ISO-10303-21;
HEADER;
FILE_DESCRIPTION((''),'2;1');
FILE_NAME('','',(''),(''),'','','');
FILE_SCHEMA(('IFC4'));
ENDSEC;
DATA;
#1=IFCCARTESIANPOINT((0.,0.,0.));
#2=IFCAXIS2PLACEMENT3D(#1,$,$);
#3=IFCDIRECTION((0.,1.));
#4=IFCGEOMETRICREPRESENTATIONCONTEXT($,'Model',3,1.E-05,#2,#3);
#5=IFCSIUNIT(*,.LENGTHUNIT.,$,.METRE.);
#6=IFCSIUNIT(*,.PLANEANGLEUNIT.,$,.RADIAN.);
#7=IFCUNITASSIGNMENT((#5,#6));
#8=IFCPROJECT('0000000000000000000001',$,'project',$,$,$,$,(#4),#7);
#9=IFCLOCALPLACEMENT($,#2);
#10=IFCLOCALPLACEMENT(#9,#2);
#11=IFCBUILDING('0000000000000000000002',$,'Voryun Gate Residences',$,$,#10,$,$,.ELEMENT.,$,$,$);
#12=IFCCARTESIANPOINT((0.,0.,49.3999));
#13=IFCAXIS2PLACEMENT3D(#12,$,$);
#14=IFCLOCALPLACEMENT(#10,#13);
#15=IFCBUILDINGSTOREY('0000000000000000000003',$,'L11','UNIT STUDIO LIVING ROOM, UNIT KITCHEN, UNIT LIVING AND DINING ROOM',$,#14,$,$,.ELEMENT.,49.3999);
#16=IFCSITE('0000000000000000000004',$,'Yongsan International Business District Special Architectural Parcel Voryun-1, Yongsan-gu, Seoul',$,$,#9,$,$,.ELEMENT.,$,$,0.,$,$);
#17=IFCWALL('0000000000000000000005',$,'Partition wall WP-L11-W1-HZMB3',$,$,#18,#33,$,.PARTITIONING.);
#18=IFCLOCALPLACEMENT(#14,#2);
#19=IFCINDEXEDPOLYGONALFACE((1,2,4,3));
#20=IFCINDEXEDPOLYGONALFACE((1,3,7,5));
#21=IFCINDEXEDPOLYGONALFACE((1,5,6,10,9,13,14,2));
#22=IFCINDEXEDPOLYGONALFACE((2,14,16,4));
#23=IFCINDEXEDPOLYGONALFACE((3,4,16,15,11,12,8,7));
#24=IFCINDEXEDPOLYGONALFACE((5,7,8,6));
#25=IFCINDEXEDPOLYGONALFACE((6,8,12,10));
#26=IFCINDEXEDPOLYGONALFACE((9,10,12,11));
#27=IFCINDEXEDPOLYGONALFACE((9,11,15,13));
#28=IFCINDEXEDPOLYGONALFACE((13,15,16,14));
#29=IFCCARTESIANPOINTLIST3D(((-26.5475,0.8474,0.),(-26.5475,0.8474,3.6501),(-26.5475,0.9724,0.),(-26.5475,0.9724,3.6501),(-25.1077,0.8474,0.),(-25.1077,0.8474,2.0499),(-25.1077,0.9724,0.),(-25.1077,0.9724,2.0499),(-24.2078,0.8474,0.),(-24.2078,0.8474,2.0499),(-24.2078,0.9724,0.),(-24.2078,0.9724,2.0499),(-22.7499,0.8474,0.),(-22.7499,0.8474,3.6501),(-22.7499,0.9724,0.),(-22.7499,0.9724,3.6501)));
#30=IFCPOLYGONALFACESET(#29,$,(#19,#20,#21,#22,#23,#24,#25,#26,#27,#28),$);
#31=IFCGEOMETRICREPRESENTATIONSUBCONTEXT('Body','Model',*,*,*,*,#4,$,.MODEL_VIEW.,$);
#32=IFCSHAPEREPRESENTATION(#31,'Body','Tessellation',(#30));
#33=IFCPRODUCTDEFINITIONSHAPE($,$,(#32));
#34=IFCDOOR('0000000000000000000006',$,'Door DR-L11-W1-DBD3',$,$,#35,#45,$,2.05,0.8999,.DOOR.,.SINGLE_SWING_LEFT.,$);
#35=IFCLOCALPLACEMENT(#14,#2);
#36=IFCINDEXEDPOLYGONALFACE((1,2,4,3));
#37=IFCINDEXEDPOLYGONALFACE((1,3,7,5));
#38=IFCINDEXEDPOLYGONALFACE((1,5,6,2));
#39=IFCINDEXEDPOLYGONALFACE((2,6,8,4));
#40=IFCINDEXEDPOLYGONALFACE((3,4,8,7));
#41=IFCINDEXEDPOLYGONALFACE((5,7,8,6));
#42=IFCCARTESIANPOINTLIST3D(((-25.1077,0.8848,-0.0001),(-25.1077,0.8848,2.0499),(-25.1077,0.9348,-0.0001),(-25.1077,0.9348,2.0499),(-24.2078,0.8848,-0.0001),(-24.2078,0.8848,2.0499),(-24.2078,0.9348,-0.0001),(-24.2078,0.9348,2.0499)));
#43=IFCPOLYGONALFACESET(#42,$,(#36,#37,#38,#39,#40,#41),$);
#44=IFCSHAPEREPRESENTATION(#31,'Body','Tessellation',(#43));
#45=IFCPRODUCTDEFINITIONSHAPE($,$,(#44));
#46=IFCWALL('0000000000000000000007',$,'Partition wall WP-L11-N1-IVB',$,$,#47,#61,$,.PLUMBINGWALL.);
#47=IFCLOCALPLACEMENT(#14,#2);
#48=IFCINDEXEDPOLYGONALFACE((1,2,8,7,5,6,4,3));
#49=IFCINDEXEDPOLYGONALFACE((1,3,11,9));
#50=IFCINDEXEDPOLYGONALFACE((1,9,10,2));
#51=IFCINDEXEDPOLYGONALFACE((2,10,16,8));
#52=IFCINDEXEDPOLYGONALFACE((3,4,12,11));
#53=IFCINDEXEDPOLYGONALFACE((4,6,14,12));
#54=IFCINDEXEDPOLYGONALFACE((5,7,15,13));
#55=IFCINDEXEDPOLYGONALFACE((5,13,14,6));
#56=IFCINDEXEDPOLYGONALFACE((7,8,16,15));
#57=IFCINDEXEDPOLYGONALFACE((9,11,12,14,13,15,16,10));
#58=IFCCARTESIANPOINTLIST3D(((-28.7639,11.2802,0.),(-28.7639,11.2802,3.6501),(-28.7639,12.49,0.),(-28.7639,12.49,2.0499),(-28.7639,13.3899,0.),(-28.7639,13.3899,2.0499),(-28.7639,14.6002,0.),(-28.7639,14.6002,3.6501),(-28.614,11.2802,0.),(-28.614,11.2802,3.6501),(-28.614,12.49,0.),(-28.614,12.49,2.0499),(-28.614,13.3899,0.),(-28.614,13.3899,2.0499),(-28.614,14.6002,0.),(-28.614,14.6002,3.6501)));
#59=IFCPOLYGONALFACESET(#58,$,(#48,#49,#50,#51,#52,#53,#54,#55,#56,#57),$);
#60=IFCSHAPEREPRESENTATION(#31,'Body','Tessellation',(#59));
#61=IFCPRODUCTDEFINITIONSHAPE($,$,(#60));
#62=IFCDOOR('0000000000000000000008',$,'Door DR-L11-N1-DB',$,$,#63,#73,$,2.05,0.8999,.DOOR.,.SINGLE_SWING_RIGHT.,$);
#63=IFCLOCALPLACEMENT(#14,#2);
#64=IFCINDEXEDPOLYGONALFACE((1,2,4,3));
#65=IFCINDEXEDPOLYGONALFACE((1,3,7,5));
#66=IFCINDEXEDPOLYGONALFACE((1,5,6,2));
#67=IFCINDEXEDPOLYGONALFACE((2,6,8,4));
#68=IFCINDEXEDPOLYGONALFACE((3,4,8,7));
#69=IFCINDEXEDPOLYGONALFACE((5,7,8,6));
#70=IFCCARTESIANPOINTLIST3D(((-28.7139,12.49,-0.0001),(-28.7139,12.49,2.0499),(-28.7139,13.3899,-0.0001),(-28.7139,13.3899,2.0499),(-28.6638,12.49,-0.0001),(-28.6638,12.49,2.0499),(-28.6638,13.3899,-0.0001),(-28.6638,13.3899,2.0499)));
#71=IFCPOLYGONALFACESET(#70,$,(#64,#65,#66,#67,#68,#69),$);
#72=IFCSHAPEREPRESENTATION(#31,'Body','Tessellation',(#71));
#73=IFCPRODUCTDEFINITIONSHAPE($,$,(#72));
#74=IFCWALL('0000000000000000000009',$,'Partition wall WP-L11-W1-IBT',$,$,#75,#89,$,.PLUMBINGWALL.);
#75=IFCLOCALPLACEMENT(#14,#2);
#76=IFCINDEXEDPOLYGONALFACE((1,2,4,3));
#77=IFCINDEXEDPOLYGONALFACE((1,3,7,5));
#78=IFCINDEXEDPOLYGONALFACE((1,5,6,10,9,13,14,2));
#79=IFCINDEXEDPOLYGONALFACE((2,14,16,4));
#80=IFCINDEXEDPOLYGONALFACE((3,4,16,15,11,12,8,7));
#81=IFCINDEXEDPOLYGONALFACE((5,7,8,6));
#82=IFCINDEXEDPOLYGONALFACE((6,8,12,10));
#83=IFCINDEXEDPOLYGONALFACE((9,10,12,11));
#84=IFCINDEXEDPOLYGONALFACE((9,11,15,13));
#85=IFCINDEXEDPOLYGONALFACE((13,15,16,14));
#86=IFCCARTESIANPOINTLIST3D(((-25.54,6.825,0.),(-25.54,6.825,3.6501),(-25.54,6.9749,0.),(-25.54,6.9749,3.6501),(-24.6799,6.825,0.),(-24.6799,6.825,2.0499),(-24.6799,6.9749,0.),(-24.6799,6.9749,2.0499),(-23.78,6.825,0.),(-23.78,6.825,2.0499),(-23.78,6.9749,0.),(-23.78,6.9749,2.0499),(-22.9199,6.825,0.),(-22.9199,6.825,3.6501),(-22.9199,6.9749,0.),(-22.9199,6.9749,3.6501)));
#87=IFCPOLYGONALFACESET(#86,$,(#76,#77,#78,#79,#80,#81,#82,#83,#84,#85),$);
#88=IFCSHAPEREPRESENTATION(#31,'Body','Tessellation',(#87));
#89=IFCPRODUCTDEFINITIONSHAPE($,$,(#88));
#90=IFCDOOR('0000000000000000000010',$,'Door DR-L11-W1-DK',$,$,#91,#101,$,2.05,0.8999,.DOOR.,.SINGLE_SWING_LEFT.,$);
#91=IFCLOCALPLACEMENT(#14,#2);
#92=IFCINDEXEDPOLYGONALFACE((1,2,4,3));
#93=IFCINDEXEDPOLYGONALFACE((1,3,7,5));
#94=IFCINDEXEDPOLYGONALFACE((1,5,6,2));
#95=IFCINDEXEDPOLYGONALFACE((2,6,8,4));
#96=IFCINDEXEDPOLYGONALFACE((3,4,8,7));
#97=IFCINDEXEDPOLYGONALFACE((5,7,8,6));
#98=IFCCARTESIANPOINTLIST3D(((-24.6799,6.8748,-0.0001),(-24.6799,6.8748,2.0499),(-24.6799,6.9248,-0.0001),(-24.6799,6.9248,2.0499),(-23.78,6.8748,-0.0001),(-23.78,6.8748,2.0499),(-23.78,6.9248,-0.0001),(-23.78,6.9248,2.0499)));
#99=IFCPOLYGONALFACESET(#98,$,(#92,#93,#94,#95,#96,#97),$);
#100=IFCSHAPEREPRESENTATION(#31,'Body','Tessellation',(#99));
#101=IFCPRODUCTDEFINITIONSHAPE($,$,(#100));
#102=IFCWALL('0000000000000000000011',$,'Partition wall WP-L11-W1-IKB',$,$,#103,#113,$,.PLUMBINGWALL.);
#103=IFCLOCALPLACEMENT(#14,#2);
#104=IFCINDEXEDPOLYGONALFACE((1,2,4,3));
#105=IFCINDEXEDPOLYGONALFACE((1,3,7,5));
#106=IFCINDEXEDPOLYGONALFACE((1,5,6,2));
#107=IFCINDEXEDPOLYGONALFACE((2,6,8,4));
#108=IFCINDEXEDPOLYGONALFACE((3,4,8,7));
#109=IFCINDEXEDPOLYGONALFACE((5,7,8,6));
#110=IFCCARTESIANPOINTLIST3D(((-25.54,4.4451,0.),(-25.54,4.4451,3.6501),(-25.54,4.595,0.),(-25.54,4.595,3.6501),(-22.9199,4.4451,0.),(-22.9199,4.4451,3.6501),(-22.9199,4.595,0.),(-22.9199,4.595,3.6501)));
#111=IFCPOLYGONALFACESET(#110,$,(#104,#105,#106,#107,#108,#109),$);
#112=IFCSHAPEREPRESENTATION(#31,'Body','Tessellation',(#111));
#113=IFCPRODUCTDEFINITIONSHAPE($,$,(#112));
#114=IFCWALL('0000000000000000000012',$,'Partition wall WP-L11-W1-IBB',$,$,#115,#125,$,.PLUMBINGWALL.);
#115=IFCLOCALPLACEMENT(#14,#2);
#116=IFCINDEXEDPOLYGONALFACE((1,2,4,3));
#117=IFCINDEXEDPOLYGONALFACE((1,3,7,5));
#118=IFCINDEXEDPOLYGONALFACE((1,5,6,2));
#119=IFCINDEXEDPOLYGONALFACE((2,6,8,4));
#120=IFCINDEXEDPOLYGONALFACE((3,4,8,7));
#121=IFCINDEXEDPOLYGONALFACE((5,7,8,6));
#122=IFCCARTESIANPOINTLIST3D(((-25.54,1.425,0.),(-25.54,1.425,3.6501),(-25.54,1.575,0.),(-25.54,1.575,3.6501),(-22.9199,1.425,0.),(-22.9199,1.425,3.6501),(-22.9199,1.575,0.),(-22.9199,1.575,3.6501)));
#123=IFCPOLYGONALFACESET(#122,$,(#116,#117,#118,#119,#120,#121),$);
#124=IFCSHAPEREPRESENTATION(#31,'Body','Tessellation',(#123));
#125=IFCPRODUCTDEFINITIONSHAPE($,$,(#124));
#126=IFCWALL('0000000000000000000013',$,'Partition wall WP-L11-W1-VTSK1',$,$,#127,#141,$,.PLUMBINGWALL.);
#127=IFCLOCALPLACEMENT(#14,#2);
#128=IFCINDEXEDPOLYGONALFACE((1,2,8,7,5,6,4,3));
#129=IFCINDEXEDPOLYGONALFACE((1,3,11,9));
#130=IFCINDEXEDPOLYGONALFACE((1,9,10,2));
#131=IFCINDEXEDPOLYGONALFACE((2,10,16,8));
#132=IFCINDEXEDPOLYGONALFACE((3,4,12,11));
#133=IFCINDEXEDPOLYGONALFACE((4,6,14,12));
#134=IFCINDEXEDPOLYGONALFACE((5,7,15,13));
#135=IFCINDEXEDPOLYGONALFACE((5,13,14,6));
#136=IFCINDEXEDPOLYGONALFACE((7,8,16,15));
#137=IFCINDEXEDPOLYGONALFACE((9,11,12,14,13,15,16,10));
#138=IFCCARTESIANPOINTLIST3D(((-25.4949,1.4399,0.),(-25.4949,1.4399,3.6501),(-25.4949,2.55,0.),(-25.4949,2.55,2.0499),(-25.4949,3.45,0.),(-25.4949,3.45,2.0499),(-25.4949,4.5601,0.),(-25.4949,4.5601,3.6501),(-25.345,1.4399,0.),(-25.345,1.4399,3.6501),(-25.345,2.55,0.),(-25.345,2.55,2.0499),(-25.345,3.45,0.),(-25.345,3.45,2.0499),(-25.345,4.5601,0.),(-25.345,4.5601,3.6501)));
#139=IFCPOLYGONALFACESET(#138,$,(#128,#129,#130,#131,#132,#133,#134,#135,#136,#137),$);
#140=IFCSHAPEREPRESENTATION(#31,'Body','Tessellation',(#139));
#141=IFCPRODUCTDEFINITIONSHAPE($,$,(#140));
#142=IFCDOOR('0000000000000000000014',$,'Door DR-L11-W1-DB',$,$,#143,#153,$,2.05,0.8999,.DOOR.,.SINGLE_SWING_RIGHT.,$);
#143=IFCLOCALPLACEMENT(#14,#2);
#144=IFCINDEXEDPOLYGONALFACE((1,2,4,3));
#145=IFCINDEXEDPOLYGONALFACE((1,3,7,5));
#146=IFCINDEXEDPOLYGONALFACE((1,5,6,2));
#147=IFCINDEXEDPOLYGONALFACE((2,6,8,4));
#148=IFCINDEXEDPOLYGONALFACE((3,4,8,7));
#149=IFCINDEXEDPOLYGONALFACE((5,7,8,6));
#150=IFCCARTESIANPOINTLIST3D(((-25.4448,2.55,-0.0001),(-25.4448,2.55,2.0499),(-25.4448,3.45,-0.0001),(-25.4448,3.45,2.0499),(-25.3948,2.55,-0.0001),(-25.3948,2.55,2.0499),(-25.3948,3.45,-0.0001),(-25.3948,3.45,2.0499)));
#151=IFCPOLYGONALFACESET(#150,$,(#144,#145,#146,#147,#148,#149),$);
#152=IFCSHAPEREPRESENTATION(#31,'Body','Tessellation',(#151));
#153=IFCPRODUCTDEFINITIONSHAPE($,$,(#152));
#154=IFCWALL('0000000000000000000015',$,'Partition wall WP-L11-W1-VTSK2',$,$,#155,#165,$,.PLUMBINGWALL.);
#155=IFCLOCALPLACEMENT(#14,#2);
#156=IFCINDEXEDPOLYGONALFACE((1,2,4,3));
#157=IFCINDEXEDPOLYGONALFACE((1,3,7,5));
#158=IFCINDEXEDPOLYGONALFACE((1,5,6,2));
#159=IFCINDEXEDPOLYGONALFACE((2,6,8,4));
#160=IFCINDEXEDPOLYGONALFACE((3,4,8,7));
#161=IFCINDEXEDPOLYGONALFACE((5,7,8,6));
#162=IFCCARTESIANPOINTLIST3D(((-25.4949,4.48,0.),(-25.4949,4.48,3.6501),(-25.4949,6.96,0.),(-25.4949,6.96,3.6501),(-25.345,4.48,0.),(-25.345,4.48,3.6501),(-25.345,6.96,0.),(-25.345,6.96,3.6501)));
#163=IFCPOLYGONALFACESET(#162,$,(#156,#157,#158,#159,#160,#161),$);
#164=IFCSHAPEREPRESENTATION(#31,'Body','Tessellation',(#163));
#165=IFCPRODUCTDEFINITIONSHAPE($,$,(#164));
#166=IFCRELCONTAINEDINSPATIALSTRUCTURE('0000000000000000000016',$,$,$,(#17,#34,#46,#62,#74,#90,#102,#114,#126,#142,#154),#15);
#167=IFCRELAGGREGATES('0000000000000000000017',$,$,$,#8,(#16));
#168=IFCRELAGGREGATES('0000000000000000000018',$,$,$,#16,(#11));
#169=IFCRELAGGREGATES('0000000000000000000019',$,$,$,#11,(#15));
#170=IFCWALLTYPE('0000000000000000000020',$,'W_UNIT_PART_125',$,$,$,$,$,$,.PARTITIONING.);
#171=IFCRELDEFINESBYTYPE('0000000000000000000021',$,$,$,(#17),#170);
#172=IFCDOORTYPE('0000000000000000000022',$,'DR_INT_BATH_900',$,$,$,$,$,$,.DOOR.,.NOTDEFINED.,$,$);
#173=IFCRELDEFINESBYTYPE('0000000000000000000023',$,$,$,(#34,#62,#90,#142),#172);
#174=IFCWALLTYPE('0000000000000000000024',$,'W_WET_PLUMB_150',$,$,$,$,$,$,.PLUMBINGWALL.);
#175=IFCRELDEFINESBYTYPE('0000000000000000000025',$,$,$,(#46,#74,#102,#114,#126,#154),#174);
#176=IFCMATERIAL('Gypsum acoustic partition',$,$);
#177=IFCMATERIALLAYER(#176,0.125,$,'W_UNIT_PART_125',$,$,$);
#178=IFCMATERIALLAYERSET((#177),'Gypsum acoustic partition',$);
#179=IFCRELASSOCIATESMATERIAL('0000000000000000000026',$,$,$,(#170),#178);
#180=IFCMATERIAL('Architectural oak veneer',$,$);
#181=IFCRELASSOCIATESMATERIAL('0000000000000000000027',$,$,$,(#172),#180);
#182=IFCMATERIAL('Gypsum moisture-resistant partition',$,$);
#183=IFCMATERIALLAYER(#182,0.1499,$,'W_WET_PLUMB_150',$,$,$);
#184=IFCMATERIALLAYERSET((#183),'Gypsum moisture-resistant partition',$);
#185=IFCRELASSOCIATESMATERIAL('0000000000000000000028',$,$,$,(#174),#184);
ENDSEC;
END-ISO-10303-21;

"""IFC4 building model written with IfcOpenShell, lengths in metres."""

from ifc_helpers import new_model, si_unit, direction, frame, frame_2d, origin, place, context, subcontext, project, spatial, rectangle, extrude, material, layer, layer_set, type_object, element, fill, save


model = new_model("IFC4")

# Units and contexts
model_context = context("Model", 3, precision=1e-05, world=origin(), true_north=direction((0.0, 1.0)))
body_context = subcontext(model_context, "Body", "Model", "MODEL_VIEW")
ifc_project = project(units=[si_unit("LENGTHUNIT", "METRE"), si_unit("PLANEANGLEUNIT", "RADIAN")], contexts=[model_context])

# Site, building, storey
site_placement = place(None, origin())
site = spatial("IfcSite", under=ifc_project, at=site_placement, Name="Yongsan International Business District Special Architectural Parcel Voryun-1, Yongsan-gu, Seoul", CompositionType="ELEMENT", RefElevation=0.0)
building_placement = place(site_placement, origin())
building = spatial("IfcBuilding", under=site, at=building_placement, Name="Voryun Gate Residences", CompositionType="ELEMENT")
storey_placement = place(building_placement, frame((0.0, 0.0, 49.3999)))
storey = spatial("IfcBuildingStorey", under=building, at=storey_placement, Name="L11", Description="UNIT STUDIO LIVING ROOM, UNIT KITCHEN, UNIT LIVING AND DINING ROOM", CompositionType="ELEMENT", Elevation=49.3999)

# Walls, openings, doors
ifc_material_1 = material(Name="Gypsum acoustic partition")
ifc_layer_1 = layer(ifc_material_1, 0.125, Name="W_UNIT_PART_125")
ifc_layer_set_1 = layer_set([ifc_layer_1], Name="Gypsum acoustic partition")
wall_type_1 = type_object("IfcWallType", Name="W_UNIT_PART_125", PredefinedType="PARTITIONING", material=ifc_layer_set_1)
ifc_material_2 = material(Name="Architectural oak veneer")
door_type_1 = type_object("IfcDoorType", Name="DR_INT_BATH_900", OperationType="NOTDEFINED", PredefinedType="DOOR", material=ifc_material_2)
wall_1_placement = place(storey_placement, frame((-26.5476, 0.9099, 0.0), z_axis=(0.0, 0.0, 1.0), x_axis=(1.0, 0.0, 0.0)))
wall_1 = element("IfcWall", 1, at=wall_1_placement, inside=storey, type_object=wall_type_1, Name="Partition wall WP-L11-W1-HZMB3", PredefinedType="PARTITIONING", context=body_context, shape_type="SweptSolid", body=[
    extrude(rectangle(XDim=3.7976, YDim=0.125, at=frame_2d((1.8989, 0.0))), origin(), (0.0, 0.0, 1.0), 3.6501),
])
opening_1_placement = place(wall_1_placement, frame((1.4399, 0.0, 0.0)))
opening_1 = element("IfcOpeningElement", 2, at=opening_1_placement, cuts=wall_1, PredefinedType="OPENING", context=body_context, shape_type="SweptSolid", body=[
    extrude(rectangle(XDim=0.8999, YDim=2.05, at=frame_2d((0.45, 1.0249))), frame((0.0, 0.0725, 0.0), z_axis=(0.0, -1.0, 0.0), x_axis=(1.0, 0.0, 0.0)), (0.0, 0.0, 1.0), 0.145),
])
door_1_placement = place(opening_1_placement, origin())
door_1 = element("IfcDoor", 3, at=door_1_placement, inside=storey, type_object=door_type_1, Name="Door DR-L11-W1-DBD3", OperationType="SINGLE_SWING_LEFT", OverallHeight=2.05, OverallWidth=0.8999, PredefinedType="DOOR", context=body_context, shape_type="SweptSolid", body=[
    extrude(rectangle(XDim=0.8999, YDim=2.05, at=frame_2d((0.45, 1.0249))), frame((0.0, 0.0249, 0.0), z_axis=(0.0, -1.0, 0.0), x_axis=(1.0, 0.0, 0.0)), (0.0, 0.0, 1.0), 0.05),
])
fill(opening_1, door_1)
ifc_material_3 = material(Name="Gypsum moisture-resistant partition")
ifc_layer_2 = layer(ifc_material_3, 0.1499, Name="W_WET_PLUMB_150")
ifc_layer_set_2 = layer_set([ifc_layer_2], Name="Gypsum moisture-resistant partition")
wall_type_2 = type_object("IfcWallType", Name="W_WET_PLUMB_150", PredefinedType="PLUMBINGWALL", material=ifc_layer_set_2)
wall_2_placement = place(storey_placement, frame((-28.689, 11.28, 0.0), z_axis=(0.0, 0.0, 1.0), x_axis=(0.0, 1.0, 0.0)))
wall_2 = element("IfcWall", 4, at=wall_2_placement, inside=storey, type_object=wall_type_2, Name="Partition wall WP-L11-N1-IVB", PredefinedType="PLUMBINGWALL", context=body_context, shape_type="SweptSolid", body=[
    extrude(rectangle(XDim=3.3201, YDim=0.1499, at=frame_2d((1.6602, 0.0))), origin(), (0.0, 0.0, 1.0), 3.6501),
])
opening_2_placement = place(wall_2_placement, frame((1.21, 0.0, 0.0)))
opening_2 = element("IfcOpeningElement", 5, at=opening_2_placement, cuts=wall_2, PredefinedType="OPENING", context=body_context, shape_type="SweptSolid", body=[
    extrude(rectangle(XDim=0.8999, YDim=2.05, at=frame_2d((0.45, 1.0249))), frame((0.0, 0.085, 0.0), z_axis=(0.0, -1.0, 0.0), x_axis=(1.0, 0.0, 0.0)), (0.0, 0.0, 1.0), 0.1699),
])
door_2_placement = place(opening_2_placement, origin())
door_2 = element("IfcDoor", 6, at=door_2_placement, inside=storey, type_object=door_type_1, Name="Door DR-L11-N1-DB", OperationType="SINGLE_SWING_RIGHT", OverallHeight=2.05, OverallWidth=0.8999, PredefinedType="DOOR", context=body_context, shape_type="SweptSolid", body=[
    extrude(rectangle(XDim=0.8999, YDim=2.05, at=frame_2d((0.45, 1.0249))), frame((0.0, 0.0249, 0.0), z_axis=(0.0, -1.0, 0.0), x_axis=(1.0, 0.0, 0.0)), (0.0, 0.0, 1.0), 0.05),
])
fill(opening_2, door_2)
wall_3_placement = place(storey_placement, frame((-25.54, 6.8999, 0.0), z_axis=(0.0, 0.0, 1.0), x_axis=(1.0, 0.0, 0.0)))
wall_3 = element("IfcWall", 7, at=wall_3_placement, inside=storey, type_object=wall_type_2, Name="Partition wall WP-L11-W1-IBT", PredefinedType="PLUMBINGWALL", context=body_context, shape_type="SweptSolid", body=[
    extrude(rectangle(XDim=2.6201, YDim=0.1499, at=frame_2d((1.3101, 0.0))), origin(), (0.0, 0.0, 1.0), 3.6501),
])
opening_3_placement = place(wall_3_placement, frame((0.8601, 0.0, 0.0)))
opening_3 = element("IfcOpeningElement", 8, at=opening_3_placement, cuts=wall_3, PredefinedType="OPENING", context=body_context, shape_type="SweptSolid", body=[
    extrude(rectangle(XDim=0.8999, YDim=2.05, at=frame_2d((0.45, 1.0249))), frame((0.0, 0.085, 0.0), z_axis=(0.0, -1.0, 0.0), x_axis=(1.0, 0.0, 0.0)), (0.0, 0.0, 1.0), 0.1699),
])
door_3_placement = place(opening_3_placement, origin())
door_3 = element("IfcDoor", 9, at=door_3_placement, inside=storey, type_object=door_type_1, Name="Door DR-L11-W1-DK", OperationType="SINGLE_SWING_LEFT", OverallHeight=2.05, OverallWidth=0.8999, PredefinedType="DOOR", context=body_context, shape_type="SweptSolid", body=[
    extrude(rectangle(XDim=0.8999, YDim=2.05, at=frame_2d((0.45, 1.0249))), frame((0.0, 0.0249, 0.0), z_axis=(0.0, -1.0, 0.0), x_axis=(1.0, 0.0, 0.0)), (0.0, 0.0, 1.0), 0.05),
])
fill(opening_3, door_3)

# Walls
for number, where, z_axis, x_axis, name in (
    (10, (-25.54, 4.52, 0.0), (0.0, 0.0, 1.0), (1.0, 0.0, 0.0), "Partition wall WP-L11-W1-IKB"),
    (11, (-25.54, 1.5, 0.0), (0.0, 0.0, 1.0), (1.0, 0.0, 0.0), "Partition wall WP-L11-W1-IBB"),
):
    element("IfcWall", number, at=place(storey_placement, frame(where, z_axis=z_axis, x_axis=x_axis)), inside=storey, type_object=wall_type_2, Name=name, PredefinedType="PLUMBINGWALL", context=body_context, shape_type="SweptSolid", body=[
        extrude(rectangle(XDim=2.6201, YDim=0.1499, at=frame_2d((1.3101, 0.0))), origin(), (0.0, 0.0, 1.0), 3.6501),
    ])

# Wall, opening, door
wall_4_placement = place(storey_placement, frame((-25.4199, 1.4399, 0.0), z_axis=(0.0, 0.0, 1.0), x_axis=(0.0, 1.0, 0.0)))
wall_4 = element("IfcWall", 12, at=wall_4_placement, inside=storey, type_object=wall_type_2, Name="Partition wall WP-L11-W1-VTSK1", PredefinedType="PLUMBINGWALL", context=body_context, shape_type="SweptSolid", body=[
    extrude(rectangle(XDim=3.1201, YDim=0.1499, at=frame_2d((1.5601, 0.0))), origin(), (0.0, 0.0, 1.0), 3.6501),
])
opening_4_placement = place(wall_4_placement, frame((1.1101, 0.0, 0.0)))
opening_4 = element("IfcOpeningElement", 13, at=opening_4_placement, cuts=wall_4, PredefinedType="OPENING", context=body_context, shape_type="SweptSolid", body=[
    extrude(rectangle(XDim=0.8999, YDim=2.05, at=frame_2d((0.45, 1.0249))), frame((0.0, 0.085, 0.0), z_axis=(0.0, -1.0, 0.0), x_axis=(1.0, 0.0, 0.0)), (0.0, 0.0, 1.0), 0.1699),
])
door_4_placement = place(opening_4_placement, origin())
door_4 = element("IfcDoor", 14, at=door_4_placement, inside=storey, type_object=door_type_1, Name="Door DR-L11-W1-DB", OperationType="SINGLE_SWING_RIGHT", OverallHeight=2.05, OverallWidth=0.8999, PredefinedType="DOOR", context=body_context, shape_type="SweptSolid", body=[
    extrude(rectangle(XDim=0.8999, YDim=2.05, at=frame_2d((0.45, 1.0249))), frame((0.0, 0.0249, 0.0), z_axis=(0.0, -1.0, 0.0), x_axis=(1.0, 0.0, 0.0)), (0.0, 0.0, 1.0), 0.05),
])
fill(opening_4, door_4)

# Wall
wall_5_placement = place(storey_placement, frame((-25.4199, 4.48, 0.0), z_axis=(0.0, 0.0, 1.0), x_axis=(0.0, 1.0, 0.0)))
element("IfcWall", 15, at=wall_5_placement, inside=storey, type_object=wall_type_2, Name="Partition wall WP-L11-W1-VTSK2", PredefinedType="PLUMBINGWALL", context=body_context, shape_type="SweptSolid", body=[
    extrude(rectangle(XDim=2.48, YDim=0.1499, at=frame_2d((1.24, 0.0))), origin(), (0.0, 0.0, 1.0), 3.6501),
])

save(model, "model.ifc")
